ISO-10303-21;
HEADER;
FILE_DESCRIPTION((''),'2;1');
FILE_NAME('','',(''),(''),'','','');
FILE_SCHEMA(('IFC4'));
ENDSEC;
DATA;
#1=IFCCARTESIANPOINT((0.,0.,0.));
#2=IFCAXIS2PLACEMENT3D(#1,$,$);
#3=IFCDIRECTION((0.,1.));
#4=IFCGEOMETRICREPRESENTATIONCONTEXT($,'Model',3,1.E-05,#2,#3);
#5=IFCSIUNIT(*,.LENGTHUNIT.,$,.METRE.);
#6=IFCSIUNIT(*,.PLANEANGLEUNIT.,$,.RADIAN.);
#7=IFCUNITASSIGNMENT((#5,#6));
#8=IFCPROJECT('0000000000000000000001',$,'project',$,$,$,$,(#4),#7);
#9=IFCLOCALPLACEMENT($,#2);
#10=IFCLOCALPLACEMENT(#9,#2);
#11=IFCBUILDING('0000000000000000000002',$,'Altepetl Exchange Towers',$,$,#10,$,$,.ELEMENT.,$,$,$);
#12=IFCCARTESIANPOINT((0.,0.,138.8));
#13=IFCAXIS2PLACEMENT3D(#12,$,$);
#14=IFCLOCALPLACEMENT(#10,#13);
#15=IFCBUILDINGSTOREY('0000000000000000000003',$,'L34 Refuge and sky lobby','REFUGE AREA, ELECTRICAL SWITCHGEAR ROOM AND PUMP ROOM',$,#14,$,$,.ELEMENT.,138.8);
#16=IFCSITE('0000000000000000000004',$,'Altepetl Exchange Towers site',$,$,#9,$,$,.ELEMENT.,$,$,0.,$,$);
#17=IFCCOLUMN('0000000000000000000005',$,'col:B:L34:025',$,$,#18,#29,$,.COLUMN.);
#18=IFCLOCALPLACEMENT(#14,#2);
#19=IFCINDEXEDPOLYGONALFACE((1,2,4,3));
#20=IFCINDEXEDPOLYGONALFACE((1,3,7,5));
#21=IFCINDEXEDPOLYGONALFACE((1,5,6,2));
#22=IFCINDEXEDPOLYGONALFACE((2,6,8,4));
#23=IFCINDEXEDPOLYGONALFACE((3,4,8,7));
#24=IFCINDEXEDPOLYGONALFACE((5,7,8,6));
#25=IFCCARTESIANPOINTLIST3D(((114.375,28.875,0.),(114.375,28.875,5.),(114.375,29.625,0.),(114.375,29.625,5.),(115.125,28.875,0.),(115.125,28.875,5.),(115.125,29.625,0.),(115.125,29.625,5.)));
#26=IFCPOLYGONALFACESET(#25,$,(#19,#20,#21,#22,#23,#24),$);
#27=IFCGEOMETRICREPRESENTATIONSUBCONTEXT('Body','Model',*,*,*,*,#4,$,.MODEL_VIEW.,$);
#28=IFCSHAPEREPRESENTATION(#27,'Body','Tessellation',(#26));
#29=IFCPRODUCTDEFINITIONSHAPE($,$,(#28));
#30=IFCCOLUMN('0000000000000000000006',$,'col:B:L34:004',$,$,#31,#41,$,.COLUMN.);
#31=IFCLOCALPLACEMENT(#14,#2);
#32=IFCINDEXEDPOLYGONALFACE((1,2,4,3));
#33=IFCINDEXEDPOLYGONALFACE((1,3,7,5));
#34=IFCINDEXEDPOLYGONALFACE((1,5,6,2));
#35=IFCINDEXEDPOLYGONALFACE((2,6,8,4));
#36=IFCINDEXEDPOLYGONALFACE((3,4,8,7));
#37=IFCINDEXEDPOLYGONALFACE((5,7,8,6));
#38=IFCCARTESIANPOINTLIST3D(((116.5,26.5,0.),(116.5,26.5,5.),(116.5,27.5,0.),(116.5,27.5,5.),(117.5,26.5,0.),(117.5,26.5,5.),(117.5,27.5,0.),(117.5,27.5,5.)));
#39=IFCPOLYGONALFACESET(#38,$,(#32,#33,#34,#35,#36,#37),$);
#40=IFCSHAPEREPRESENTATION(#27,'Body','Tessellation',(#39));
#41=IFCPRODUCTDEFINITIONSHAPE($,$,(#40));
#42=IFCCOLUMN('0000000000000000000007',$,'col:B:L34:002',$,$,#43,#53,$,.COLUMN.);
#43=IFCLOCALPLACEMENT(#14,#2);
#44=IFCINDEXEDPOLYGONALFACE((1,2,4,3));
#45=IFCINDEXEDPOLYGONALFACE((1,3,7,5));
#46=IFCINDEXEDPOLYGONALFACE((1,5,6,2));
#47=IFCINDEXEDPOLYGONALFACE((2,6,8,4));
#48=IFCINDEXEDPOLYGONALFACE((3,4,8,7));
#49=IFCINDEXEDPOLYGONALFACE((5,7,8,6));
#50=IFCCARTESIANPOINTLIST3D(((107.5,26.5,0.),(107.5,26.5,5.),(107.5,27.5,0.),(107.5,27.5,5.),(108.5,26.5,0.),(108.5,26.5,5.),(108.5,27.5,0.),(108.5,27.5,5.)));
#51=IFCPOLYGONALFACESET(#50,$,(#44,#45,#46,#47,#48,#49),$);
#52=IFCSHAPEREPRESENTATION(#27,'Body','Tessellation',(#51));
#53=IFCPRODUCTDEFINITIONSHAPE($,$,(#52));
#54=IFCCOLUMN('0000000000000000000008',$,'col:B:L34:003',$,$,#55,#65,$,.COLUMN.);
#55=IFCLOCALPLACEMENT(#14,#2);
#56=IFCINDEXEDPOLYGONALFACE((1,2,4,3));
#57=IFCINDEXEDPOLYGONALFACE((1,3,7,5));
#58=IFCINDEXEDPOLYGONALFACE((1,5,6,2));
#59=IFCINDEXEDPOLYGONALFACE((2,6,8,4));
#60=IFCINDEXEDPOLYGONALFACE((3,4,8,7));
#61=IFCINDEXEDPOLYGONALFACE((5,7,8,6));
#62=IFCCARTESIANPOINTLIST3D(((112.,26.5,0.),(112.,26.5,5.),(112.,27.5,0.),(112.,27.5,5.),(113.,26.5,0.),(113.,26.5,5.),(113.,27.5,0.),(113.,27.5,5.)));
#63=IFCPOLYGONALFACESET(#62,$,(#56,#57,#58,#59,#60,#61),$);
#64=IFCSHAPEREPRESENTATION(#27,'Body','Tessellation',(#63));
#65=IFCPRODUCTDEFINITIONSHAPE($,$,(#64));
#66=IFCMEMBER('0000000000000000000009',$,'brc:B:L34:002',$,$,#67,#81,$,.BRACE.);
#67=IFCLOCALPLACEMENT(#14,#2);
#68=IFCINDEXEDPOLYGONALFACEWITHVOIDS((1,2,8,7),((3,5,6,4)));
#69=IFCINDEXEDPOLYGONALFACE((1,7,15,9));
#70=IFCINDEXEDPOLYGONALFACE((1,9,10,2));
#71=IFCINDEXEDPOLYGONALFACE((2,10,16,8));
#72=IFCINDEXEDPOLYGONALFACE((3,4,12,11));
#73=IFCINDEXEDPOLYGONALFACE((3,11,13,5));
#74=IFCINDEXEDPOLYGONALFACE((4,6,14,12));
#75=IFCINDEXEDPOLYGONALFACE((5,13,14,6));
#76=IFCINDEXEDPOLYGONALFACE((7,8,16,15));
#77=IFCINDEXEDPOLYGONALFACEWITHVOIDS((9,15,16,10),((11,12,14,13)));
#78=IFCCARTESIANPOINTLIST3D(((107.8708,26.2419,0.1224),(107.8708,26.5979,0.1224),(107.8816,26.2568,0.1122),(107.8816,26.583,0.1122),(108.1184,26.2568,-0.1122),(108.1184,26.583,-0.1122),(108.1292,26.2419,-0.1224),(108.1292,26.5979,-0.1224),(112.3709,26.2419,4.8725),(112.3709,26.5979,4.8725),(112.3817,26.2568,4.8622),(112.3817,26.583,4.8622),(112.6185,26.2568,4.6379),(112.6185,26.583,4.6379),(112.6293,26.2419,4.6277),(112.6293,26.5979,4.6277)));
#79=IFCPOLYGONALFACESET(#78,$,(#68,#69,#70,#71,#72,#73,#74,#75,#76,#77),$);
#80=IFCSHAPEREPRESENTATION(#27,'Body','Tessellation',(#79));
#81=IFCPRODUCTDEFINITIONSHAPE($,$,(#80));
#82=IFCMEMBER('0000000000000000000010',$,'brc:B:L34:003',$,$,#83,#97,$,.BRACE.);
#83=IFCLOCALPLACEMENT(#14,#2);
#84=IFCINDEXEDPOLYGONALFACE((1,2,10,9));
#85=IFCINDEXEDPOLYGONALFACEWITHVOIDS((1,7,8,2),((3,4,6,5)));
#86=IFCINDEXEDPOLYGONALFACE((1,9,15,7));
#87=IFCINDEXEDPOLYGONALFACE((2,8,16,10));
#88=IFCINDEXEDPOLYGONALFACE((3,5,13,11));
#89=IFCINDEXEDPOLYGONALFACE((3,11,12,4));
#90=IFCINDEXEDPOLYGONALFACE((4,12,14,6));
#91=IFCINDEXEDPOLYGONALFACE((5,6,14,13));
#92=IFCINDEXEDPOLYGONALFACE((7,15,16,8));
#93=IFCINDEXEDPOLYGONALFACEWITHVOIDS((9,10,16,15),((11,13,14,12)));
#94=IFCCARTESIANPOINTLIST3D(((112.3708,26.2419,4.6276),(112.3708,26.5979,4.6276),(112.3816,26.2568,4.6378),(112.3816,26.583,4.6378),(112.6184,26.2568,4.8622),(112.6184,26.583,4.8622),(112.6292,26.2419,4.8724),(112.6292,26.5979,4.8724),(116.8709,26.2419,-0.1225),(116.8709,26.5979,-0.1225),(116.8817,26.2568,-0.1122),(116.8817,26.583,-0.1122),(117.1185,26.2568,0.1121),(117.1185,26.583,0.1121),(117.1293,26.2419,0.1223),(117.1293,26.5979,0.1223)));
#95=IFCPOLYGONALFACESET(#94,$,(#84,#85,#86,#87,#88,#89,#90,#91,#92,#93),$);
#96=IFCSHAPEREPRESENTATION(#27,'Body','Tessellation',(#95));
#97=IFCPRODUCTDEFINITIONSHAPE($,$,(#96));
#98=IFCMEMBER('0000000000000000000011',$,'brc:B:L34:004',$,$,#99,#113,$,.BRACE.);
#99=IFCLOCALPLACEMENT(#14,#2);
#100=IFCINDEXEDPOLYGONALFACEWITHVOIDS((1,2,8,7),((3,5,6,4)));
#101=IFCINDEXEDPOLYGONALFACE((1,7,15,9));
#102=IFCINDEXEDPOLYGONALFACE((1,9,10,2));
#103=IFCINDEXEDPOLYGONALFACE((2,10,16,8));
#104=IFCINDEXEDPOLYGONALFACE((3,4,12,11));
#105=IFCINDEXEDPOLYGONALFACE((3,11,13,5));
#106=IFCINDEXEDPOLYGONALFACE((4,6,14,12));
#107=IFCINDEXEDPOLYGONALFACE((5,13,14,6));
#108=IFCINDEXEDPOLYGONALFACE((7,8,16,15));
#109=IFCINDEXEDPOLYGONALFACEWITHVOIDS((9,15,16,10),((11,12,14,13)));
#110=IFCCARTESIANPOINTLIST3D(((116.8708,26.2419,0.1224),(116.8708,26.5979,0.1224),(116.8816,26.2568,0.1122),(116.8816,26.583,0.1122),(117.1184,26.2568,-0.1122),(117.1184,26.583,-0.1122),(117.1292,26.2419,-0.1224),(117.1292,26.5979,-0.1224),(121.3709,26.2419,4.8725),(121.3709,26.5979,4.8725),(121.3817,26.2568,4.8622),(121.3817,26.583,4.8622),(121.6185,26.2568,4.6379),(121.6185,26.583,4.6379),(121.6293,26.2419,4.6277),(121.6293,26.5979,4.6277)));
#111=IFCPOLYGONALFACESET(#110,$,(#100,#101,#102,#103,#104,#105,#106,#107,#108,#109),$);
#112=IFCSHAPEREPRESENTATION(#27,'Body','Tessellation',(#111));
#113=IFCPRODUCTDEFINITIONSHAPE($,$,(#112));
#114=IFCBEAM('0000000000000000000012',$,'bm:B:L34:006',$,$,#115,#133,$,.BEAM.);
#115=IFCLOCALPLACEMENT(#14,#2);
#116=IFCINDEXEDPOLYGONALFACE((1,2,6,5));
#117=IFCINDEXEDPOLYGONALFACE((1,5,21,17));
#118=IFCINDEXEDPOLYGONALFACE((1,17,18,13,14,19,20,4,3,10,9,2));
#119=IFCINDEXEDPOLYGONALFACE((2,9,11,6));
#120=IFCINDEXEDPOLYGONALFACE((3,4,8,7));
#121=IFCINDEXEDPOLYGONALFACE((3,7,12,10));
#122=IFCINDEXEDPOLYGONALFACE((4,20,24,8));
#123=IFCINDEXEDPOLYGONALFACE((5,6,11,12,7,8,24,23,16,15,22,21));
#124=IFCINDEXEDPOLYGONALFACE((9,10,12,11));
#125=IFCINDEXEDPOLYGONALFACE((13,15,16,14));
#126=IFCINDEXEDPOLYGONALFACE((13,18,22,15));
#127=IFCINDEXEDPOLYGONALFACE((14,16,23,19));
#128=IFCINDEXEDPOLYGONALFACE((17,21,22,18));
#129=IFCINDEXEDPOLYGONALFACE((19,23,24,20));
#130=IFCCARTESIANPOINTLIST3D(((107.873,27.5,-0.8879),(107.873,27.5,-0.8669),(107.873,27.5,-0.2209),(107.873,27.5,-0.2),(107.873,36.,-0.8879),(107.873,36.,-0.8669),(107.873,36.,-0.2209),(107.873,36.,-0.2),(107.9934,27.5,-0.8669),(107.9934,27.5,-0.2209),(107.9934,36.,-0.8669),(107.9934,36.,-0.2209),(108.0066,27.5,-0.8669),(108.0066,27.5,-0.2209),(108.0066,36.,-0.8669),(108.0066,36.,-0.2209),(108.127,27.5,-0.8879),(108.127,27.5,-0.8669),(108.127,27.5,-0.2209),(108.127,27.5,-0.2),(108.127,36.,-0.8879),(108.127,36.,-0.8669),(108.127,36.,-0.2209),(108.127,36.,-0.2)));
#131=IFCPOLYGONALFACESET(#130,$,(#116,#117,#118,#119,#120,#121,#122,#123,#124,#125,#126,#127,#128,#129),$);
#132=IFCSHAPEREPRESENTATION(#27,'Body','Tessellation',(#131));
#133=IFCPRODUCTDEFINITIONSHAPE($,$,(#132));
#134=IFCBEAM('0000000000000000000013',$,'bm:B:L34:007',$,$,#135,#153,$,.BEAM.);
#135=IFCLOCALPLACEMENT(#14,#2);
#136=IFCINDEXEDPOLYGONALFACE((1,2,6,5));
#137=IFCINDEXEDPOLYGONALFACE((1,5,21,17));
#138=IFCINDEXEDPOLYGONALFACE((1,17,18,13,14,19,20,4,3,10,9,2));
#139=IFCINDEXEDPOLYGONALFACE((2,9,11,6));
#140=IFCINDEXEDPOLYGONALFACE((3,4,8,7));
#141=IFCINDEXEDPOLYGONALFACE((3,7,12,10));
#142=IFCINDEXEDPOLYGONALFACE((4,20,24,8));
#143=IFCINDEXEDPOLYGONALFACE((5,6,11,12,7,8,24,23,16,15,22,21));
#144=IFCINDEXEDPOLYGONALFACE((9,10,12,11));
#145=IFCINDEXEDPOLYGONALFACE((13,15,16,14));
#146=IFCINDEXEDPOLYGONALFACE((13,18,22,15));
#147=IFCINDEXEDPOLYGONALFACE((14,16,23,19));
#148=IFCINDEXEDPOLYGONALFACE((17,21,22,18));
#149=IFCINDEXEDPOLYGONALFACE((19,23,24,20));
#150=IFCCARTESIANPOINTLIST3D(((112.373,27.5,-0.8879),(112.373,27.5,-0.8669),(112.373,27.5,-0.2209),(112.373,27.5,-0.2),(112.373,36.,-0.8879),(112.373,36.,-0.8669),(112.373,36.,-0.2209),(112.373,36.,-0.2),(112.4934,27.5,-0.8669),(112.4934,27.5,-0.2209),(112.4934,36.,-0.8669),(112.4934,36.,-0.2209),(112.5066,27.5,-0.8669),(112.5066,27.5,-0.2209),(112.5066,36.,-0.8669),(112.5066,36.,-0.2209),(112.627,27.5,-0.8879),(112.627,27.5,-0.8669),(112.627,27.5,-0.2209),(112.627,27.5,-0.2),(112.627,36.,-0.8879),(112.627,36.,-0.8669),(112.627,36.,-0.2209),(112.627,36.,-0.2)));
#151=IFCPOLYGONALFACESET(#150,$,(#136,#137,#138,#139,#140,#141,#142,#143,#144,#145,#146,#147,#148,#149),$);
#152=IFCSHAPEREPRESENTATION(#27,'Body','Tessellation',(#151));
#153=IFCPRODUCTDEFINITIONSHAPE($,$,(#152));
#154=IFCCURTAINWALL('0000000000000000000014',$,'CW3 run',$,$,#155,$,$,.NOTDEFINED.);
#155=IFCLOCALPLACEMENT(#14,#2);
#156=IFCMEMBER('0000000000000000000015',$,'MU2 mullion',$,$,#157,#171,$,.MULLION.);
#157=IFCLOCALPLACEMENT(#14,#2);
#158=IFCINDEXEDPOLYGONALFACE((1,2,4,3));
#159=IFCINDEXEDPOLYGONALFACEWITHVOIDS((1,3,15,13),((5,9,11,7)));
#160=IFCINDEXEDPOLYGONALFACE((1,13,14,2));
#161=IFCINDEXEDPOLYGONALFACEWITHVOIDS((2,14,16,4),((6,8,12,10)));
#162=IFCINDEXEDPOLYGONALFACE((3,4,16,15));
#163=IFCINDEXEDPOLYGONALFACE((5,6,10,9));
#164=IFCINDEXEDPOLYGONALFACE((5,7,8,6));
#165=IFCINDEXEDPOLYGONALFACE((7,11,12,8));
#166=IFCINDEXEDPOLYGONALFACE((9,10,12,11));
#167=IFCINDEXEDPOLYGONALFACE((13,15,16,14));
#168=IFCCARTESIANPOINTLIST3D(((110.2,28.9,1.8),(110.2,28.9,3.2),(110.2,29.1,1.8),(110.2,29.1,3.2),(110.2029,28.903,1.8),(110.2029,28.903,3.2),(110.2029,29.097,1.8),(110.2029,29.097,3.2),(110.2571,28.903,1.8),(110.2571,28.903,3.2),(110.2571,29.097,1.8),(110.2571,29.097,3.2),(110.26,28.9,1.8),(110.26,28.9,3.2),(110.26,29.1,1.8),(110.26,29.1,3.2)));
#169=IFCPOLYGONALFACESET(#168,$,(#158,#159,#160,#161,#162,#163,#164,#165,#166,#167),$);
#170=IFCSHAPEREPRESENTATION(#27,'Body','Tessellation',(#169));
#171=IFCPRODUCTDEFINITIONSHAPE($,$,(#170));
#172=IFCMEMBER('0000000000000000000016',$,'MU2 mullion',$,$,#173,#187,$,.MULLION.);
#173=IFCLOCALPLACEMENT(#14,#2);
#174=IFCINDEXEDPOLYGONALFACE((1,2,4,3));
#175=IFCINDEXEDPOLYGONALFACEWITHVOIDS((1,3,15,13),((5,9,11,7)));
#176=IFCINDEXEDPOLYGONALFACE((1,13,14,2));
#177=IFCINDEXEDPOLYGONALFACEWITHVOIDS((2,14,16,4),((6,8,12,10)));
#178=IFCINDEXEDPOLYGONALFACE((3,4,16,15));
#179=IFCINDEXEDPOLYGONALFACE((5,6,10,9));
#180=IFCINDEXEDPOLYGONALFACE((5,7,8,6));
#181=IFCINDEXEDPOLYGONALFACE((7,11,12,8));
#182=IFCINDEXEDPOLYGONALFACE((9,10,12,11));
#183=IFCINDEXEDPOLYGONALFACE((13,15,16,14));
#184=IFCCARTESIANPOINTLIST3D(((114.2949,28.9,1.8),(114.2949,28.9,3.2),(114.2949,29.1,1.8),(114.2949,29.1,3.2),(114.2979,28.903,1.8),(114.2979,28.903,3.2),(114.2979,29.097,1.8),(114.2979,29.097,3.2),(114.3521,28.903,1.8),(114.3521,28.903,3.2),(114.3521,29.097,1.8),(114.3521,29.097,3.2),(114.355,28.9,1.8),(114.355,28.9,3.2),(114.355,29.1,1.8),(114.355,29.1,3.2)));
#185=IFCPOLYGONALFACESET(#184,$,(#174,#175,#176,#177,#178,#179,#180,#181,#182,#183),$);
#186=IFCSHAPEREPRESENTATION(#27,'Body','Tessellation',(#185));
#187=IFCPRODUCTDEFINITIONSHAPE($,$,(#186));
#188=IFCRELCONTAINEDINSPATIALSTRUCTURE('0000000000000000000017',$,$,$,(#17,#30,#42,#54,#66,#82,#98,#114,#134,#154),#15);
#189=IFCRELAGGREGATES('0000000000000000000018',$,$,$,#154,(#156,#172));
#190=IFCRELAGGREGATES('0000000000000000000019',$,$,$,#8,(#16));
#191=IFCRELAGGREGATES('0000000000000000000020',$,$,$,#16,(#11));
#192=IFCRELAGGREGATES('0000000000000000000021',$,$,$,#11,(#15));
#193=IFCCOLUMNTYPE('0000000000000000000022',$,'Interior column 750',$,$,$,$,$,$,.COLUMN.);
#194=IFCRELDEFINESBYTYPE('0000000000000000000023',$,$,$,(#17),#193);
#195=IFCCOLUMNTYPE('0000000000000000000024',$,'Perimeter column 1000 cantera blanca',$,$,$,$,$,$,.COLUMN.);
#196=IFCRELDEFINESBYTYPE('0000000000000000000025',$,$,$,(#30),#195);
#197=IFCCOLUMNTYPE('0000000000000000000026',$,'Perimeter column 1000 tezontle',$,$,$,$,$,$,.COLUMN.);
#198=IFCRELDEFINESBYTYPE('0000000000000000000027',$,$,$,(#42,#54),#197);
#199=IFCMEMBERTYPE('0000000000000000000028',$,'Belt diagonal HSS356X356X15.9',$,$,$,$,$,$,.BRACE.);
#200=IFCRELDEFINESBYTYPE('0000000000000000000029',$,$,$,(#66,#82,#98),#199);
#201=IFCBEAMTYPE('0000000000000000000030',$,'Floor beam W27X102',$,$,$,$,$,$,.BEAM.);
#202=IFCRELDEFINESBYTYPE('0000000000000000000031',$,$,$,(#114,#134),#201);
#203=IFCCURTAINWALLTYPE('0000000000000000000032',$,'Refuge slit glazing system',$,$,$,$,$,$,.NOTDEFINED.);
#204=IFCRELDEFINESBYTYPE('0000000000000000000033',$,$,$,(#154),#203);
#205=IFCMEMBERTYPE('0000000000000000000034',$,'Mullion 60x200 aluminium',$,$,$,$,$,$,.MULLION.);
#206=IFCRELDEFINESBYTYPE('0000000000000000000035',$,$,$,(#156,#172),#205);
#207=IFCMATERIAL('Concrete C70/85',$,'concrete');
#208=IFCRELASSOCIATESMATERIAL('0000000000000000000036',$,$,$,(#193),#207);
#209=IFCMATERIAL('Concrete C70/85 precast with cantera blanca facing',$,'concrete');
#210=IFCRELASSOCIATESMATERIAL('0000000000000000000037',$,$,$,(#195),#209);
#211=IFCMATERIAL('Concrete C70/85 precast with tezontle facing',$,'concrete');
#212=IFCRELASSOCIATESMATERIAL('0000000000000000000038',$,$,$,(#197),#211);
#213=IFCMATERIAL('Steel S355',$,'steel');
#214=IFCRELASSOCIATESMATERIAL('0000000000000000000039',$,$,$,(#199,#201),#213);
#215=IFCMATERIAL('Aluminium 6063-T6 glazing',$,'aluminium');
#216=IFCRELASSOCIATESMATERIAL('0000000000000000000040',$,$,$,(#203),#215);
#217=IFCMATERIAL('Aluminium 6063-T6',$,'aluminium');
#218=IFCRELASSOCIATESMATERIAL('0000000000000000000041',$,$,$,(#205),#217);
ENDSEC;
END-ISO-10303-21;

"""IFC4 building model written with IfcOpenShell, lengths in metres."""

from ifc_helpers import new_model, si_unit, direction, frame, origin, origin_2d, place, context, subcontext, project, spatial, rectangle, hollow_rectangle, i_section, extrude, material, material_profile, profile_set, type_object, element, aggregate, save


model = new_model("IFC4")

# Units and contexts
model_context = context("Model", 3, precision=1e-05, world=origin(), true_north=direction((0.0, 1.0)))
body_context = subcontext(model_context, "Body", "Model", "MODEL_VIEW")
ifc_project = project(units=[si_unit("LENGTHUNIT", "METRE"), si_unit("PLANEANGLEUNIT", "RADIAN")], contexts=[model_context])

# Site, building, storey
site_placement = place(None, origin())
site = spatial("IfcSite", under=ifc_project, at=site_placement, Name="Altepetl Exchange Towers site", CompositionType="ELEMENT", RefElevation=0.0)
building_placement = place(site_placement, origin())
building = spatial("IfcBuilding", under=site, at=building_placement, Name="Altepetl Exchange Towers", CompositionType="ELEMENT")
storey_placement = place(building_placement, frame((0.0, 0.0, 138.8)))
storey = spatial("IfcBuildingStorey", under=building, at=storey_placement, Name="L34 Refuge and sky lobby", Description="REFUGE AREA, ELECTRICAL SWITCHGEAR ROOM AND PUMP ROOM", CompositionType="ELEMENT", Elevation=138.8)

# Columns
ifc_material_1 = material(Name="Concrete C70/85", Category="concrete")
ifc_material_profile_1 = material_profile(ifc_material_1, rectangle(XDim=0.75, YDim=0.75, at=origin_2d()), Name="750 x 750")
ifc_profile_set_1 = profile_set([ifc_material_profile_1], Name="Concrete C70/85")
column_type_1 = type_object("IfcColumnType", Name="Interior column 750", PredefinedType="COLUMN", material=ifc_profile_set_1)
column_1_placement = place(storey_placement, frame((114.75, 29.25, 0.0)))
element("IfcColumn", 1, at=column_1_placement, inside=storey, type_object=column_type_1, Name="col:B:L34:025", PredefinedType="COLUMN", context=body_context, shape_type="SweptSolid", body=[
    extrude(rectangle(XDim=0.75, YDim=0.75, at=origin_2d()), origin(), (0.0, 0.0, 1.0), 5.0),
])
ifc_material_2 = material(Name="Concrete C70/85 precast with cantera blanca facing", Category="concrete")
ifc_material_profile_2 = material_profile(ifc_material_2, rectangle(XDim=1.0, YDim=1.0, at=origin_2d()), Name="1000 x 1000")
ifc_profile_set_2 = profile_set([ifc_material_profile_2], Name="Concrete C70/85 precast with cantera blanca facing")
column_type_2 = type_object("IfcColumnType", Name="Perimeter column 1000 cantera blanca", PredefinedType="COLUMN", material=ifc_profile_set_2)
column_2_placement = place(storey_placement, frame((117.0, 27.0, 0.0)))
element("IfcColumn", 2, at=column_2_placement, inside=storey, type_object=column_type_2, Name="col:B:L34:004", PredefinedType="COLUMN", context=body_context, shape_type="SweptSolid", body=[
    extrude(rectangle(XDim=1.0, YDim=1.0, at=origin_2d()), origin(), (0.0, 0.0, 1.0), 5.0),
])
ifc_material_3 = material(Name="Concrete C70/85 precast with tezontle facing", Category="concrete")
ifc_material_profile_3 = material_profile(ifc_material_3, rectangle(XDim=1.0, YDim=1.0, at=origin_2d()), Name="1000 x 1000")
ifc_profile_set_3 = profile_set([ifc_material_profile_3], Name="Concrete C70/85 precast with tezontle facing")
column_type_3 = type_object("IfcColumnType", Name="Perimeter column 1000 tezontle", PredefinedType="COLUMN", material=ifc_profile_set_3)
for number, where, name in (
    (3, (108.0, 27.0, 0.0), "col:B:L34:002"),
    (4, (112.5, 27.0, 0.0), "col:B:L34:003"),
):
    element("IfcColumn", number, at=place(storey_placement, frame(where)), inside=storey, type_object=column_type_3, Name=name, PredefinedType="COLUMN", context=body_context, shape_type="SweptSolid", body=[
        extrude(rectangle(XDim=1.0, YDim=1.0, at=origin_2d()), origin(), (0.0, 0.0, 1.0), 5.0),
    ])

# Members
ifc_material_4 = material(Name="Steel S355", Category="steel")
ifc_material_profile_4 = material_profile(ifc_material_4, hollow_rectangle(XDim=0.356, YDim=0.356, WallThickness=0.0149, at=origin_2d()), Name="HSS356X356X15.9")
ifc_profile_set_4 = profile_set([ifc_material_profile_4], Name="Steel S355")
member_type_1 = type_object("IfcMemberType", Name="Belt diagonal HSS356X356X15.9", PredefinedType="BRACE", material=ifc_profile_set_4)
for number, where, z_axis, x_axis, name in (
    (5, (108.0, 26.4199, 0.0), (0.687745, 0.0, 0.725953), (0.0, 1.0, 0.0), "brc:B:L34:002"),
    (6, (112.5, 26.4199, 4.75), (0.687745, 0.0, -0.725953), (0.0, 1.0, 0.0), "brc:B:L34:003"),
    (7, (117.0, 26.4199, 0.0), (0.687745, 0.0, 0.725953), (0.0, 1.0, 0.0), "brc:B:L34:004"),
):
    element("IfcMember", number, at=place(storey_placement, frame(where, z_axis=z_axis, x_axis=x_axis)), inside=storey, type_object=member_type_1, Name=name, PredefinedType="BRACE", context=body_context, shape_type="SweptSolid", body=[
        extrude(hollow_rectangle(XDim=0.356, YDim=0.356, WallThickness=0.0149, at=origin_2d()), origin(), (0.0, 0.0, 1.0), 6.5432),
    ])

# Beams
ifc_material_profile_5 = material_profile(ifc_material_4, i_section(OverallWidth=0.2539, OverallDepth=0.688, WebThickness=0.0132, FlangeThickness=0.021, at=origin_2d()), Name="W27X102")
ifc_profile_set_5 = profile_set([ifc_material_profile_5], Name="Steel S355")
beam_type_1 = type_object("IfcBeamType", Name="Floor beam W27X102", PredefinedType="BEAM", material=ifc_profile_set_5)
for number, where, z_axis, x_axis, name in (
    (8, (108.0, 27.5, -0.5439), (0.0, 1.0, 0.0), (-1.0, 0.0, 0.0), "bm:B:L34:006"),
    (9, (112.5, 27.5, -0.5439), (0.0, 1.0, 0.0), (-1.0, 0.0, 0.0), "bm:B:L34:007"),
):
    element("IfcBeam", number, at=place(storey_placement, frame(where, z_axis=z_axis, x_axis=x_axis)), inside=storey, type_object=beam_type_1, Name=name, PredefinedType="BEAM", context=body_context, shape_type="SweptSolid", body=[
        extrude(i_section(OverallWidth=0.2539, OverallDepth=0.688, WebThickness=0.0132, FlangeThickness=0.021, at=origin_2d()), origin(), (0.0, 0.0, 1.0), 8.5),
    ])

# Curtain wall, members
ifc_material_5 = material(Name="Aluminium 6063-T6 glazing", Category="aluminium")
curtain_wall_type = type_object("IfcCurtainWallType", Name="Refuge slit glazing system", PredefinedType="NOTDEFINED", material=ifc_material_5)
curtain_wall_1_placement = place(storey_placement, origin())
curtain_wall_1 = element("IfcCurtainWall", 10, at=curtain_wall_1_placement, inside=storey, type_object=curtain_wall_type, Name="CW3 run", PredefinedType="NOTDEFINED")
ifc_material_6 = material(Name="Aluminium 6063-T6", Category="aluminium")
ifc_material_profile_6 = material_profile(ifc_material_6, hollow_rectangle(XDim=0.0601, YDim=0.2, WallThickness=0.0029, at=origin_2d()), Name="Mullion 60x200 aluminium")
ifc_profile_set_6 = profile_set([ifc_material_profile_6], Name="Aluminium 6063-T6")
member_type_2 = type_object("IfcMemberType", Name="Mullion 60x200 aluminium", PredefinedType="MULLION", material=ifc_profile_set_6)
member_1_placement = place(storey_placement, frame((110.23, 29.0, 1.8)))
member_1 = element("IfcMember", 11, at=member_1_placement, type_object=member_type_2, Name="MU2 mullion", PredefinedType="MULLION", context=body_context, shape_type="SweptSolid", body=[
    extrude(hollow_rectangle(XDim=0.0601, YDim=0.2, WallThickness=0.0029, at=origin_2d()), origin(), (0.0, 0.0, 1.0), 1.3999),
])
member_2_placement = place(storey_placement, frame((114.325, 29.0, 1.8)))
member_2 = element("IfcMember", 12, at=member_2_placement, type_object=member_type_2, Name="MU2 mullion", PredefinedType="MULLION", context=body_context, shape_type="SweptSolid", body=[
    extrude(hollow_rectangle(XDim=0.0601, YDim=0.2, WallThickness=0.0029, at=origin_2d()), origin(), (0.0, 0.0, 1.0), 1.3999),
])

aggregate(curtain_wall_1, [member_1, member_2])

save(model, "model.ifc")
